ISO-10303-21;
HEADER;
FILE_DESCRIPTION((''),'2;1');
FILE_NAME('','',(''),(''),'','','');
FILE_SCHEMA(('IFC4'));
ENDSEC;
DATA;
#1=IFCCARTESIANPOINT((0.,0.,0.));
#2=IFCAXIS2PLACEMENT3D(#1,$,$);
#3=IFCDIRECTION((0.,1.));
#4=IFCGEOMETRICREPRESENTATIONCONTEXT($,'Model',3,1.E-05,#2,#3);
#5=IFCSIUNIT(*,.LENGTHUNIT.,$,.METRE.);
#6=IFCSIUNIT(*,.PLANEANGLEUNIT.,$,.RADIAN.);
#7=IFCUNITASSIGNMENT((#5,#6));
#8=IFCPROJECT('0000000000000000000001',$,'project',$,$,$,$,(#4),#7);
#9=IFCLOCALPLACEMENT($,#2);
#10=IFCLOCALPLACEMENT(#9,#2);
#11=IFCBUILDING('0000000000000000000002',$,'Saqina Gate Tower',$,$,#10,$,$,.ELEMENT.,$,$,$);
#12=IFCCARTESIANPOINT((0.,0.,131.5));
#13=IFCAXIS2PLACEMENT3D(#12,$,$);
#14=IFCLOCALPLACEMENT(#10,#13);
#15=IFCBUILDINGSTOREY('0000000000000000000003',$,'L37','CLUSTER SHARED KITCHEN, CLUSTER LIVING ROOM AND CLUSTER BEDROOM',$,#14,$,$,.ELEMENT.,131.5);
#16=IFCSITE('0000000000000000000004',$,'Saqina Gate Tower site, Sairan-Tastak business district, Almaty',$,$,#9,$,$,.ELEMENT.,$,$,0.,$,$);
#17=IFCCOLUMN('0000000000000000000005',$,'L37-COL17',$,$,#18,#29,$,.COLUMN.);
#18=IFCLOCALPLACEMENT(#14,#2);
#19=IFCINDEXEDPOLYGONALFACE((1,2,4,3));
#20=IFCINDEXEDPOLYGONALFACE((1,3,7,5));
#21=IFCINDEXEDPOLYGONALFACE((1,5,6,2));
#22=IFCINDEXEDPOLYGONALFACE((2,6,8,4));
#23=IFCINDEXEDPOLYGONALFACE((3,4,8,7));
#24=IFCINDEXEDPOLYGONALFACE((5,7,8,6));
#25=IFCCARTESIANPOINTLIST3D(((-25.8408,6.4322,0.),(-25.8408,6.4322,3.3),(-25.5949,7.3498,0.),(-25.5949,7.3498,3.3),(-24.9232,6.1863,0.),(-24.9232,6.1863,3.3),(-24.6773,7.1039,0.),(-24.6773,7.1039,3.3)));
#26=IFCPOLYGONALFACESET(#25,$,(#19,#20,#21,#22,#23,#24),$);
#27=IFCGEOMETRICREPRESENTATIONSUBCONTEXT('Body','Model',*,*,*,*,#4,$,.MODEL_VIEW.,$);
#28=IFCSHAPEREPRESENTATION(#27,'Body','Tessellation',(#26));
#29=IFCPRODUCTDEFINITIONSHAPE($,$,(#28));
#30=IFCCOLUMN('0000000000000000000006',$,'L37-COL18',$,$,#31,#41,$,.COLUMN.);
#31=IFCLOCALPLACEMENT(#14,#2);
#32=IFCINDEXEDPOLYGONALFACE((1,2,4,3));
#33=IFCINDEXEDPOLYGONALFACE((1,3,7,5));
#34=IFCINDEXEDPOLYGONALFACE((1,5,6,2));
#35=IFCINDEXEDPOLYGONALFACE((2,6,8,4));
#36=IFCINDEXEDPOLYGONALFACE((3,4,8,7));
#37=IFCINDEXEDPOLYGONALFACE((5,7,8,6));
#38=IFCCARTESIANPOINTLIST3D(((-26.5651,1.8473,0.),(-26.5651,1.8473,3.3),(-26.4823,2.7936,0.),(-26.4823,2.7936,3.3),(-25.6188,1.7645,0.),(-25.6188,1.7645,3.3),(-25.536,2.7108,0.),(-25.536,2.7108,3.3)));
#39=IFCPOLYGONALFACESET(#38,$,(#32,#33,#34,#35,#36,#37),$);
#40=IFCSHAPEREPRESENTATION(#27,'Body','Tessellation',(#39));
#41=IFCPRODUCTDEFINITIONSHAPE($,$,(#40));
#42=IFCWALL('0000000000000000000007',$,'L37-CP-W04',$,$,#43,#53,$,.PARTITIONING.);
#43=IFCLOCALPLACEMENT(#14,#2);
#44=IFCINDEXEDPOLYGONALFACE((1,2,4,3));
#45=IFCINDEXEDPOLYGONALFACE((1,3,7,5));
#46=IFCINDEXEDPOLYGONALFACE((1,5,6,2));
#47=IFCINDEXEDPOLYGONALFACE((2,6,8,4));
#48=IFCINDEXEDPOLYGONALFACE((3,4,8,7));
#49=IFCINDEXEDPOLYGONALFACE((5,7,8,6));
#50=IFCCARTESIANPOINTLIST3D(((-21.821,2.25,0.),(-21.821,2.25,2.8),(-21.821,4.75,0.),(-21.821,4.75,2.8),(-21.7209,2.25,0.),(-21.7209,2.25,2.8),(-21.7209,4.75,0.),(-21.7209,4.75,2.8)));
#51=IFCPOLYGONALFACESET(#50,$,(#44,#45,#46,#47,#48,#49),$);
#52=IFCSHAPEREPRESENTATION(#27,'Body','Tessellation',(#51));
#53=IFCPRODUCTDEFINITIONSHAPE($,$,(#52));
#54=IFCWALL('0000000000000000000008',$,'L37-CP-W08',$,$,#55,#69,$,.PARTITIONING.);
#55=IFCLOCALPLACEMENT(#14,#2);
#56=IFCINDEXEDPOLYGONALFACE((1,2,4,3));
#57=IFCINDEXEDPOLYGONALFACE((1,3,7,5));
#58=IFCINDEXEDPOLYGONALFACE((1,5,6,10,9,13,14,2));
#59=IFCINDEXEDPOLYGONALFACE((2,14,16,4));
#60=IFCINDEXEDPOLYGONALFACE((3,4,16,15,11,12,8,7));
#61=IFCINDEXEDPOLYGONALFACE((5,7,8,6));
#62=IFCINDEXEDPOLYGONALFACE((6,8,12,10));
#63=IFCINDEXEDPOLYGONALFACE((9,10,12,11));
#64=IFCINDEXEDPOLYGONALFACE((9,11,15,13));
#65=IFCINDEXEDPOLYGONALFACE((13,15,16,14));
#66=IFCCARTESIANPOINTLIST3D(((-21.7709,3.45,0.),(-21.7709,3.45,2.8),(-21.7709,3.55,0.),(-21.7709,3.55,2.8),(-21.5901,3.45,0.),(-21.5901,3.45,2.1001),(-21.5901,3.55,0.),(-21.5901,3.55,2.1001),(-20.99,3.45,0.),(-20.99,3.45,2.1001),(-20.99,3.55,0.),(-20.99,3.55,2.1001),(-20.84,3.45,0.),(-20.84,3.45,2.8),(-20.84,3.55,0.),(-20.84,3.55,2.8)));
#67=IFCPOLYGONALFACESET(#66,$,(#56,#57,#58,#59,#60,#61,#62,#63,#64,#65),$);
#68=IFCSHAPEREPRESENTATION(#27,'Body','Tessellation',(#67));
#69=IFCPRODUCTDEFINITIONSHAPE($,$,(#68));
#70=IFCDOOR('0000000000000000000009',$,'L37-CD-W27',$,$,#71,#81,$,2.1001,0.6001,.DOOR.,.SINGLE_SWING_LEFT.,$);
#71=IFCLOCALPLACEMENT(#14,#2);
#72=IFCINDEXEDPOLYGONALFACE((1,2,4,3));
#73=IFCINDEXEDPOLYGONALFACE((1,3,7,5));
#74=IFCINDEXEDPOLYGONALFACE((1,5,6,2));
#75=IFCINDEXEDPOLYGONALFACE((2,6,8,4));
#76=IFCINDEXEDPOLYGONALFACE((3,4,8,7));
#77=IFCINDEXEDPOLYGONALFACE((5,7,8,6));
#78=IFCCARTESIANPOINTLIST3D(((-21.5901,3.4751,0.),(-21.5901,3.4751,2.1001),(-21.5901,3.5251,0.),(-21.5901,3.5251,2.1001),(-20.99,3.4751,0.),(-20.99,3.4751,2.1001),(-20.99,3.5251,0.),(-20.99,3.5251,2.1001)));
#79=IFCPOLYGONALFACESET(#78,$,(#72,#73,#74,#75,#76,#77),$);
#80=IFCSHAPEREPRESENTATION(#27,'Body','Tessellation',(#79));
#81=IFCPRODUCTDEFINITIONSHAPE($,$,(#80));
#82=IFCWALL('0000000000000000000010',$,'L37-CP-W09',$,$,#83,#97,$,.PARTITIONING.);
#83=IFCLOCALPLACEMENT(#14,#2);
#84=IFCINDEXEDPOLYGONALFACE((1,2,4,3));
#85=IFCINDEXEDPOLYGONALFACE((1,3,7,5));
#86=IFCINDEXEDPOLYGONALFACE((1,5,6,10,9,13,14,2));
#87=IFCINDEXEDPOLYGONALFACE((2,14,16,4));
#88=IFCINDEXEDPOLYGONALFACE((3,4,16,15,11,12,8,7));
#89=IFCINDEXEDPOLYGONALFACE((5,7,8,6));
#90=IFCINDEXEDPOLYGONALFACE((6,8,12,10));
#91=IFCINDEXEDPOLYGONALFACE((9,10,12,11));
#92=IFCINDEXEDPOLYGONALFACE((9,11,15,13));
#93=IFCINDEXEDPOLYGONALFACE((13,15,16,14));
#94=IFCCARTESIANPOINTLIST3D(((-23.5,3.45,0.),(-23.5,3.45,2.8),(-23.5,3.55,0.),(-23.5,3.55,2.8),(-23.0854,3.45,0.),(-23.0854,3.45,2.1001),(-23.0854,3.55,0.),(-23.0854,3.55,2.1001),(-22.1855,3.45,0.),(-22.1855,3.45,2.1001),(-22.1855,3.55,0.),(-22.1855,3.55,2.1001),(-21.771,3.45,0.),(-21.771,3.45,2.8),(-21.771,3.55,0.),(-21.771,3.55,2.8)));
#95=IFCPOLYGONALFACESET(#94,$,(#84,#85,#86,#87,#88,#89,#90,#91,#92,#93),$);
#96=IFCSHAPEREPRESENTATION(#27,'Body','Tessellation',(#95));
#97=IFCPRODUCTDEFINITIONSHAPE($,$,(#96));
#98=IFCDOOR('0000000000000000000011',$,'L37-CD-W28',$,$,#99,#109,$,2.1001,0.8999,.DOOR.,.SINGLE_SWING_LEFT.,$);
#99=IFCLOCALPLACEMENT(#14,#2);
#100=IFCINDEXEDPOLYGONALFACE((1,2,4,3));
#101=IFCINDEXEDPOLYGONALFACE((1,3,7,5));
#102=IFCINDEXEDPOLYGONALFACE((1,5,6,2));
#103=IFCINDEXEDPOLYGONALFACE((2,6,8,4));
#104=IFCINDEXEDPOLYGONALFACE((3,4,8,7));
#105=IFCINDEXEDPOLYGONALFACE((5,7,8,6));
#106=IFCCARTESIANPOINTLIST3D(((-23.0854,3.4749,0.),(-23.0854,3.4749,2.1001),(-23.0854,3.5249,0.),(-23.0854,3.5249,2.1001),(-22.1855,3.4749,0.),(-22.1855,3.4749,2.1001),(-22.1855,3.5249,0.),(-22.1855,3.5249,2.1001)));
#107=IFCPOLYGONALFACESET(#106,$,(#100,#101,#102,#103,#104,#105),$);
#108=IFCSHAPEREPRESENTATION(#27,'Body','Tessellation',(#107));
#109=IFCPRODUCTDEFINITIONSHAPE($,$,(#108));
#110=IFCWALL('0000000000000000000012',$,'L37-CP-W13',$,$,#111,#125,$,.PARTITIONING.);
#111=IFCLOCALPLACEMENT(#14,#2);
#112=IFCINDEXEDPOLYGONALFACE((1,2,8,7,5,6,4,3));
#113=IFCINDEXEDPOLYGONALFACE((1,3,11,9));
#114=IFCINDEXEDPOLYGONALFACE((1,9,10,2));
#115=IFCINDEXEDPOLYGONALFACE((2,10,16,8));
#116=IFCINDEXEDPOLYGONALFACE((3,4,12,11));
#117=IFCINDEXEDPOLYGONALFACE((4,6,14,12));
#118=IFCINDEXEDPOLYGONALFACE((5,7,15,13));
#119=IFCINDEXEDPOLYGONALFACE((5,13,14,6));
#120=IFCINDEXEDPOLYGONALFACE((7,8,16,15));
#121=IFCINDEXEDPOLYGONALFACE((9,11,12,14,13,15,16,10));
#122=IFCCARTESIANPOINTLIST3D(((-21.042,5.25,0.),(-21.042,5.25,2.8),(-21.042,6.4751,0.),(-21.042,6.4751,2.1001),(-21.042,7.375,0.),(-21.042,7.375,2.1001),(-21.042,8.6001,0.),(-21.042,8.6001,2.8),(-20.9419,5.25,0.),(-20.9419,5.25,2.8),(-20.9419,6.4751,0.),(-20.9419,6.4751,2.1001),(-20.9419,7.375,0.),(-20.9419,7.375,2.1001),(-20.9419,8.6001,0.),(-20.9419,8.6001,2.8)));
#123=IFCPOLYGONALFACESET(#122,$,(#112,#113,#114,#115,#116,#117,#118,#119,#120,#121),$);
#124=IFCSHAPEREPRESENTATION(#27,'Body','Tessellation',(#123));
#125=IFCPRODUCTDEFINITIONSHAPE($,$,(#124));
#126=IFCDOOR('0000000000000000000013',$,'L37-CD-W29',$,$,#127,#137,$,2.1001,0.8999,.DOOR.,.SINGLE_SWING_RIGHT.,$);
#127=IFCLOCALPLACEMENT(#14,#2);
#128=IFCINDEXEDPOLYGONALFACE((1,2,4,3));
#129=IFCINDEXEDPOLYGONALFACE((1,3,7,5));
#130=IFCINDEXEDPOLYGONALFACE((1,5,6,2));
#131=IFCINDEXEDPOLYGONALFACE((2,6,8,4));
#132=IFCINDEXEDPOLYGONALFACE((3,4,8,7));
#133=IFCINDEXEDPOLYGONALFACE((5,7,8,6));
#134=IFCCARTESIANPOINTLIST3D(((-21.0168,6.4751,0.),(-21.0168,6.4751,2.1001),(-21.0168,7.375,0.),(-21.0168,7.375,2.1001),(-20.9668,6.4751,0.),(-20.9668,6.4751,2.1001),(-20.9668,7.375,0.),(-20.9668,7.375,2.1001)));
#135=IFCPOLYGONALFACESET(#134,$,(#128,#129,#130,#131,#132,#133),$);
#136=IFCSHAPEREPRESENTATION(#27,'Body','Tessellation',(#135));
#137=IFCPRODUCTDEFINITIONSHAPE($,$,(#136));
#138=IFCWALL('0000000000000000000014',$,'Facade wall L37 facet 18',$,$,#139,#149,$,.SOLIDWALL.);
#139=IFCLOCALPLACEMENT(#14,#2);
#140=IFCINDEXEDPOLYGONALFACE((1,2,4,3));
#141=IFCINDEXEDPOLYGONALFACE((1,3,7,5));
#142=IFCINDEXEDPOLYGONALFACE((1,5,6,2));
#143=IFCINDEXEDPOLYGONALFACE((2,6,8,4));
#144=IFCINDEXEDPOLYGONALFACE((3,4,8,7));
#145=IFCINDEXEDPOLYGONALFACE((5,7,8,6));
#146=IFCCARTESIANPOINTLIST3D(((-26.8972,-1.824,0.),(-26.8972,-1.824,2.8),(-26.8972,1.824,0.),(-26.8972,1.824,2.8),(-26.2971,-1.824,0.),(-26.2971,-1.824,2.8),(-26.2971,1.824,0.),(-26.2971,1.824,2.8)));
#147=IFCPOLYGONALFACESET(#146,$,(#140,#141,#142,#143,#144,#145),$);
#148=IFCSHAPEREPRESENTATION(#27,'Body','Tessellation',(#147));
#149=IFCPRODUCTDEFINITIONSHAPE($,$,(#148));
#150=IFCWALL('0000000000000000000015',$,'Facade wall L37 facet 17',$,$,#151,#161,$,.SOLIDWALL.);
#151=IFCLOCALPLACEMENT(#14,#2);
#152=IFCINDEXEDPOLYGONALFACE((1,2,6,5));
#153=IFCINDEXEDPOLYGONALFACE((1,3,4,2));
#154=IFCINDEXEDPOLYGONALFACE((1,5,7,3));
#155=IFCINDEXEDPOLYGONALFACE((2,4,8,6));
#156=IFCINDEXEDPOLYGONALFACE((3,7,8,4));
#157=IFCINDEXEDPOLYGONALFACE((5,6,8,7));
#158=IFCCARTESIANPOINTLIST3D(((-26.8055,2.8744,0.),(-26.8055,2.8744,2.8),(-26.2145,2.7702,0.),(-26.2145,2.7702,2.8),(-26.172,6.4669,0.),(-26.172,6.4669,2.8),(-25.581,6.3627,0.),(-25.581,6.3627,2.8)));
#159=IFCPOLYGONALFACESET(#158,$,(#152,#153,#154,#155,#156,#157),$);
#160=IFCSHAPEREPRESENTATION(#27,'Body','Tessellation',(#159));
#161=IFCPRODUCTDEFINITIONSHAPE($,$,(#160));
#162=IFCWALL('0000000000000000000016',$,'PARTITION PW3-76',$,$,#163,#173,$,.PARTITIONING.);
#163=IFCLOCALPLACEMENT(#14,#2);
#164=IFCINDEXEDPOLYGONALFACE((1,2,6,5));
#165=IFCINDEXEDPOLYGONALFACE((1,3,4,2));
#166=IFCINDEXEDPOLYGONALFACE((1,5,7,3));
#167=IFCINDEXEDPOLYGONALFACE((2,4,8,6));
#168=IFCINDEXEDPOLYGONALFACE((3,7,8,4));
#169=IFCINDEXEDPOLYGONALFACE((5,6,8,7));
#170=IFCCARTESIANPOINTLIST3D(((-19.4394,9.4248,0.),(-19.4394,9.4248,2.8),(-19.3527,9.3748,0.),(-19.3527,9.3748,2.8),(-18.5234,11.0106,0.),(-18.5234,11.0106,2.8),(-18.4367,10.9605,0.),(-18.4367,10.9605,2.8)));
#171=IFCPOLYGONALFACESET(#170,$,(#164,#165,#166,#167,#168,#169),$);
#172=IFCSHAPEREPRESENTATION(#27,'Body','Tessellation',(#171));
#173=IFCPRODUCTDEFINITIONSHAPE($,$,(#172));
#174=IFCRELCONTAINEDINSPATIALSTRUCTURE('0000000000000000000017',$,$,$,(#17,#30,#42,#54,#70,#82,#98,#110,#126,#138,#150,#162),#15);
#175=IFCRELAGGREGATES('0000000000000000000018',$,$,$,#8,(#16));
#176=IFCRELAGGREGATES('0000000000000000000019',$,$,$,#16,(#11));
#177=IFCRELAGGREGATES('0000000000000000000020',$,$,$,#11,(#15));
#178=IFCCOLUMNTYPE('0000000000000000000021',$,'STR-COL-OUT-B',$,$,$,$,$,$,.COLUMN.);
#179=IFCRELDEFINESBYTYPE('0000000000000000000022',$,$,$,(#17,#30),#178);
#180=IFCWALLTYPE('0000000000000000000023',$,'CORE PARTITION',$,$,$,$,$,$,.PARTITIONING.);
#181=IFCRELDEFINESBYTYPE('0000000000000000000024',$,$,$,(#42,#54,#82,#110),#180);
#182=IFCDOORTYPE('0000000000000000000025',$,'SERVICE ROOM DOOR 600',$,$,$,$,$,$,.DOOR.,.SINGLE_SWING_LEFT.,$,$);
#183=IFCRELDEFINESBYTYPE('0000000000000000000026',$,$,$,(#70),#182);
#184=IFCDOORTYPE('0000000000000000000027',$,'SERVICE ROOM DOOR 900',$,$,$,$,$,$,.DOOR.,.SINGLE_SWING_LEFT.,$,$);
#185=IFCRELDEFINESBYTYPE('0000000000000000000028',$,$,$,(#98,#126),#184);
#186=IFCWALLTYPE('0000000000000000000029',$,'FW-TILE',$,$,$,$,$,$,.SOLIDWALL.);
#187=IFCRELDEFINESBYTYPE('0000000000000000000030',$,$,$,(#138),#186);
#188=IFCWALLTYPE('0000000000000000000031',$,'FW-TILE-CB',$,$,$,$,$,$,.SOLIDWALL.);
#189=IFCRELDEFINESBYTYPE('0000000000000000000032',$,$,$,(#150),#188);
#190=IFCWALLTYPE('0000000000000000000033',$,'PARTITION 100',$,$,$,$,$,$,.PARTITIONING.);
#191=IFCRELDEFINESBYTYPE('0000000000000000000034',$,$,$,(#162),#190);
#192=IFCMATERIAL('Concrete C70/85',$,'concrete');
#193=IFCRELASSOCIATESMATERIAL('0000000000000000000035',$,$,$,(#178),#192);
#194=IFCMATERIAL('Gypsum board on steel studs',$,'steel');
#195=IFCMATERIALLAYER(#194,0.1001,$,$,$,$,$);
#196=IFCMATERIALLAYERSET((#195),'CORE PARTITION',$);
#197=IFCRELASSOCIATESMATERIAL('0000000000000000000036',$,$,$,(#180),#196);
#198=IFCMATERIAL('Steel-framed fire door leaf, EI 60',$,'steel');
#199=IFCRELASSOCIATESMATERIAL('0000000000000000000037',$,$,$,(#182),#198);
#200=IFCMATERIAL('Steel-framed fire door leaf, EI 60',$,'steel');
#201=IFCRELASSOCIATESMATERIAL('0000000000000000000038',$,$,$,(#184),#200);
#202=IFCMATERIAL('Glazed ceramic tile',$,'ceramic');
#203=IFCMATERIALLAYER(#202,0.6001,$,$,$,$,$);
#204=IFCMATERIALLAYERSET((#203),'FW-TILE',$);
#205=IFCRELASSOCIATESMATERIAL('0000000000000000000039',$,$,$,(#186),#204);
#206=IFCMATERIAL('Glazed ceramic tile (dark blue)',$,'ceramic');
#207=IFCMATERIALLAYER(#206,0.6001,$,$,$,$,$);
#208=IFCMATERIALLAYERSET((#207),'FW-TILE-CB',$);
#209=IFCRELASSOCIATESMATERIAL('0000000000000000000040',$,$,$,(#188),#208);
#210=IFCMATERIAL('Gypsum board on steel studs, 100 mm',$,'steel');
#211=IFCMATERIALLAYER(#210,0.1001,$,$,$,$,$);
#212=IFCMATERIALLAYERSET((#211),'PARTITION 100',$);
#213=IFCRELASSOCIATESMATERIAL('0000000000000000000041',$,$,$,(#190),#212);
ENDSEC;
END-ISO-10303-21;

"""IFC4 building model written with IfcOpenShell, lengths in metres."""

from ifc_helpers import new_model, si_unit, direction, frame, frame_2d, origin, origin_2d, place, context, subcontext, project, spatial, rectangle, extrude, material, layer, layer_set, material_profile, profile_set, type_object, element, fill, save


model = new_model("IFC4")

# Units and contexts
model_context = context("Model", 3, precision=1e-05, world=origin(), true_north=direction((0.0, 1.0)))
body_context = subcontext(model_context, "Body", "Model", "MODEL_VIEW")
ifc_project = project(units=[si_unit("LENGTHUNIT", "METRE"), si_unit("PLANEANGLEUNIT", "RADIAN")], contexts=[model_context])

# Site, building, storey
site_placement = place(None, origin())
site = spatial("IfcSite", under=ifc_project, at=site_placement, Name="Saqina Gate Tower site, Sairan-Tastak business district, Almaty", CompositionType="ELEMENT", RefElevation=0.0)
building_placement = place(site_placement, origin())
building = spatial("IfcBuilding", under=site, at=building_placement, Name="Saqina Gate Tower", CompositionType="ELEMENT")
storey_placement = place(building_placement, frame((0.0, 0.0, 131.5)))
storey = spatial("IfcBuildingStorey", under=building, at=storey_placement, Name="L37", Description="CLUSTER SHARED KITCHEN, CLUSTER LIVING ROOM AND CLUSTER BEDROOM", CompositionType="ELEMENT", Elevation=131.5)

# Columns
ifc_material_1 = material(Name="Concrete C70/85", Category="concrete")
ifc_material_profile = material_profile(ifc_material_1, rectangle(XDim=0.95, YDim=0.95, at=origin_2d()), Name="RC 950x950")
ifc_profile_set = profile_set([ifc_material_profile], Name="Concrete C70/85")
column_type = type_object("IfcColumnType", Name="STR-COL-OUT-B", PredefinedType="COLUMN", material=ifc_profile_set)
for number, where, z_axis, x_axis, name in (
    (1, (-25.259, 6.7681, 0.0), (0.0, 0.0, 1.0), (-0.965926, 0.258819, 0.0), "L37-COL17"),
    (2, (-26.0505, 2.2791, 0.0), (0.0, 0.0, 1.0), (-0.996195, 0.087156, 0.0), "L37-COL18"),
):
    element("IfcColumn", number, at=place(storey_placement, frame(where, z_axis=z_axis, x_axis=x_axis)), inside=storey, type_object=column_type, Name=name, PredefinedType="COLUMN", context=body_context, shape_type="SweptSolid", body=[
        extrude(rectangle(XDim=0.95, YDim=0.95, at=origin_2d()), origin(), (0.0, 0.0, 1.0), 3.3),
    ])

# Wall
ifc_material_2 = material(Name="Gypsum board on steel studs", Category="steel")
ifc_layer_1 = layer(ifc_material_2, 0.1001)
ifc_layer_set_1 = layer_set([ifc_layer_1], Name="CORE PARTITION")
wall_type_1 = type_object("IfcWallType", Name="CORE PARTITION", PredefinedType="PARTITIONING", material=ifc_layer_set_1)
wall_1_placement = place(storey_placement, frame((-21.771, 2.25, 0.0), z_axis=(0.0, 0.0, 1.0), x_axis=(0.0, 1.0, 0.0)))
element("IfcWall", 3, at=wall_1_placement, inside=storey, type_object=wall_type_1, Name="L37-CP-W04", PredefinedType="PARTITIONING", context=body_context, shape_type="SweptSolid", body=[
    extrude(rectangle(XDim=2.5, YDim=0.1001, at=frame_2d((1.25, 0.0))), origin(), (0.0, 0.0, 1.0), 2.8),
])

# Walls, openings, doors
wall_2_placement = place(storey_placement, frame((-20.8401, 3.5, 0.0), z_axis=(0.0, 0.0, 1.0), x_axis=(-1.0, 0.0, 0.0)))
wall_2 = element("IfcWall", 4, at=wall_2_placement, inside=storey, type_object=wall_type_1, Name="L37-CP-W08", PredefinedType="PARTITIONING", context=body_context, shape_type="SweptSolid", body=[
    extrude(rectangle(XDim=0.9309, YDim=0.1001, at=frame_2d((0.4653, 0.0))), origin(), (0.0, 0.0, 1.0), 2.8),
])
opening_1_placement = place(wall_2_placement, frame((0.1499, 0.0, 0.0)))
opening_1 = element("IfcOpeningElement", 5, at=opening_1_placement, cuts=wall_2, PredefinedType="OPENING", context=body_context, shape_type="SweptSolid", body=[
    extrude(rectangle(XDim=0.6001, YDim=2.1001, at=frame_2d((0.3, 1.05))), frame((0.0, 0.062, 0.0), z_axis=(0.0, -1.0, 0.0), x_axis=(1.0, 0.0, 0.0)), (0.0, 0.0, 1.0), 0.124),
])
ifc_material_3 = material(Name="Steel-framed fire door leaf, EI 60", Category="steel")
door_type_1 = type_object("IfcDoorType", Name="SERVICE ROOM DOOR 600", OperationType="SINGLE_SWING_LEFT", PredefinedType="DOOR", material=ifc_material_3)
door_1_placement = place(opening_1_placement, origin())
door_1 = element("IfcDoor", 6, at=door_1_placement, inside=storey, type_object=door_type_1, Name="L37-CD-W27", OperationType="SINGLE_SWING_LEFT", OverallHeight=2.1001, OverallWidth=0.6001, PredefinedType="DOOR", context=body_context, shape_type="SweptSolid", body=[
    extrude(rectangle(XDim=0.6001, YDim=2.1001, at=frame_2d((0.3, 1.05))), frame((0.0, 0.0249, 0.0), z_axis=(0.0, -1.0, 0.0), x_axis=(1.0, 0.0, 0.0)), (0.0, 0.0, 1.0), 0.05),
])
fill(opening_1, door_1)
wall_3_placement = place(storey_placement, frame((-21.771, 3.5, 0.0), z_axis=(0.0, 0.0, 1.0), x_axis=(-1.0, 0.0, 0.0)))
wall_3 = element("IfcWall", 7, at=wall_3_placement, inside=storey, type_object=wall_type_1, Name="L37-CP-W09", PredefinedType="PARTITIONING", context=body_context, shape_type="SweptSolid", body=[
    extrude(rectangle(XDim=1.729, YDim=0.1001, at=frame_2d((0.8645, 0.0))), origin(), (0.0, 0.0, 1.0), 2.8),
])
opening_2_placement = place(wall_3_placement, frame((0.4146, 0.0, 0.0)))
opening_2 = element("IfcOpeningElement", 8, at=opening_2_placement, cuts=wall_3, PredefinedType="OPENING", context=body_context, shape_type="SweptSolid", body=[
    extrude(rectangle(XDim=0.8999, YDim=2.1001, at=frame_2d((0.45, 1.05))), frame((0.0, 0.062, 0.0), z_axis=(0.0, -1.0, 0.0), x_axis=(1.0, 0.0, 0.0)), (0.0, 0.0, 1.0), 0.124),
])
ifc_material_4 = material(Name="Steel-framed fire door leaf, EI 60", Category="steel")
door_type_2 = type_object("IfcDoorType", Name="SERVICE ROOM DOOR 900", OperationType="SINGLE_SWING_LEFT", PredefinedType="DOOR", material=ifc_material_4)
door_2_placement = place(opening_2_placement, frame((0.8999, 0.0, 0.0), z_axis=(0.0, 0.0, 1.0), x_axis=(-1.0, 0.0, 0.0)))
door_2 = element("IfcDoor", 9, at=door_2_placement, inside=storey, type_object=door_type_2, Name="L37-CD-W28", OperationType="SINGLE_SWING_LEFT", OverallHeight=2.1001, OverallWidth=0.8999, PredefinedType="DOOR", context=body_context, shape_type="SweptSolid", body=[
    extrude(rectangle(XDim=0.8999, YDim=2.1001, at=frame_2d((0.45, 1.05))), frame((0.0, 0.0249, 0.0), z_axis=(0.0, -1.0, 0.0), x_axis=(1.0, 0.0, 0.0)), (0.0, 0.0, 1.0), 0.05),
])
fill(opening_2, door_2)
wall_4_placement = place(storey_placement, frame((-20.9919, 5.25, 0.0), z_axis=(0.0, 0.0, 1.0), x_axis=(0.0, 1.0, 0.0)))
wall_4 = element("IfcWall", 10, at=wall_4_placement, inside=storey, type_object=wall_type_1, Name="L37-CP-W13", PredefinedType="PARTITIONING", context=body_context, shape_type="SweptSolid", body=[
    extrude(rectangle(XDim=3.3501, YDim=0.1001, at=frame_2d((1.675, 0.0))), origin(), (0.0, 0.0, 1.0), 2.8),
])
opening_3_placement = place(wall_4_placement, frame((1.2251, 0.0, 0.0)))
opening_3 = element("IfcOpeningElement", 11, at=opening_3_placement, cuts=wall_4, PredefinedType="OPENING", context=body_context, shape_type="SweptSolid", body=[
    extrude(rectangle(XDim=0.8999, YDim=2.1001, at=frame_2d((0.45, 1.05))), frame((0.0, 0.062, 0.0), z_axis=(0.0, -1.0, 0.0), x_axis=(1.0, 0.0, 0.0)), (0.0, 0.0, 1.0), 0.124),
])
door_3_placement = place(opening_3_placement, origin())
door_3 = element("IfcDoor", 12, at=door_3_placement, inside=storey, type_object=door_type_2, Name="L37-CD-W29", OperationType="SINGLE_SWING_RIGHT", OverallHeight=2.1001, OverallWidth=0.8999, PredefinedType="DOOR", context=body_context, shape_type="SweptSolid", body=[
    extrude(rectangle(XDim=0.8999, YDim=2.1001, at=frame_2d((0.45, 1.05))), frame((0.0, 0.0249, 0.0), z_axis=(0.0, -1.0, 0.0), x_axis=(1.0, 0.0, 0.0)), (0.0, 0.0, 1.0), 0.05),
])
fill(opening_3, door_3)

# Walls
ifc_material_5 = material(Name="Glazed ceramic tile", Category="ceramic")
ifc_layer_2 = layer(ifc_material_5, 0.6001)
ifc_layer_set_2 = layer_set([ifc_layer_2], Name="FW-TILE")
wall_type_2 = type_object("IfcWallType", Name="FW-TILE", PredefinedType="SOLIDWALL", material=ifc_layer_set_2)
wall_5_placement = place(storey_placement, frame((-26.5972, 1.824, 0.0), z_axis=(0.0, 0.0, 1.0), x_axis=(0.0, -1.0, 0.0)))
element("IfcWall", 13, at=wall_5_placement, inside=storey, type_object=wall_type_2, Name="Facade wall L37 facet 18", PredefinedType="SOLIDWALL", context=body_context, shape_type="SweptSolid", body=[
    extrude(rectangle(XDim=3.6479, YDim=0.6001, at=frame_2d((1.824, 0.0))), origin(), (0.0, 0.0, 1.0), 2.8),
])
ifc_material_6 = material(Name="Glazed ceramic tile (dark blue)", Category="ceramic")
ifc_layer_3 = layer(ifc_material_6, 0.6001)
ifc_layer_set_3 = layer_set([ifc_layer_3], Name="FW-TILE-CB")
wall_type_3 = type_object("IfcWallType", Name="FW-TILE-CB", PredefinedType="SOLIDWALL", material=ifc_layer_set_3)
wall_6_placement = place(storey_placement, frame((-25.8765, 6.4148, 0.0), z_axis=(0.0, 0.0, 1.0), x_axis=(-0.173671, -0.984804, 0.0)))
element("IfcWall", 14, at=wall_6_placement, inside=storey, type_object=wall_type_3, Name="Facade wall L37 facet 17", PredefinedType="SOLIDWALL", context=body_context, shape_type="SweptSolid", body=[
    extrude(rectangle(XDim=3.6479, YDim=0.6001, at=frame_2d((1.824, 0.0))), origin(), (0.0, 0.0, 1.0), 2.8),
])
ifc_material_7 = material(Name="Gypsum board on steel studs, 100 mm", Category="steel")
ifc_layer_4 = layer(ifc_material_7, 0.1001)
ifc_layer_set_4 = layer_set([ifc_layer_4], Name="PARTITION 100")
wall_type_4 = type_object("IfcWallType", Name="PARTITION 100", PredefinedType="PARTITIONING", material=ifc_layer_set_4)
wall_7_placement = place(storey_placement, frame((-19.396, 9.3999, 0.0), z_axis=(0.0, 0.0, 1.0), x_axis=(0.500211, 0.865904, 0.0)))
element("IfcWall", 15, at=wall_7_placement, inside=storey, type_object=wall_type_4, Name="PARTITION PW3-76", PredefinedType="PARTITIONING", context=body_context, shape_type="SweptSolid", body=[
    extrude(rectangle(XDim=1.8313, YDim=0.1001, at=frame_2d((0.9155, 0.0))), origin(), (0.0, 0.0, 1.0), 2.8),
])

save(model, "model.ifc")
